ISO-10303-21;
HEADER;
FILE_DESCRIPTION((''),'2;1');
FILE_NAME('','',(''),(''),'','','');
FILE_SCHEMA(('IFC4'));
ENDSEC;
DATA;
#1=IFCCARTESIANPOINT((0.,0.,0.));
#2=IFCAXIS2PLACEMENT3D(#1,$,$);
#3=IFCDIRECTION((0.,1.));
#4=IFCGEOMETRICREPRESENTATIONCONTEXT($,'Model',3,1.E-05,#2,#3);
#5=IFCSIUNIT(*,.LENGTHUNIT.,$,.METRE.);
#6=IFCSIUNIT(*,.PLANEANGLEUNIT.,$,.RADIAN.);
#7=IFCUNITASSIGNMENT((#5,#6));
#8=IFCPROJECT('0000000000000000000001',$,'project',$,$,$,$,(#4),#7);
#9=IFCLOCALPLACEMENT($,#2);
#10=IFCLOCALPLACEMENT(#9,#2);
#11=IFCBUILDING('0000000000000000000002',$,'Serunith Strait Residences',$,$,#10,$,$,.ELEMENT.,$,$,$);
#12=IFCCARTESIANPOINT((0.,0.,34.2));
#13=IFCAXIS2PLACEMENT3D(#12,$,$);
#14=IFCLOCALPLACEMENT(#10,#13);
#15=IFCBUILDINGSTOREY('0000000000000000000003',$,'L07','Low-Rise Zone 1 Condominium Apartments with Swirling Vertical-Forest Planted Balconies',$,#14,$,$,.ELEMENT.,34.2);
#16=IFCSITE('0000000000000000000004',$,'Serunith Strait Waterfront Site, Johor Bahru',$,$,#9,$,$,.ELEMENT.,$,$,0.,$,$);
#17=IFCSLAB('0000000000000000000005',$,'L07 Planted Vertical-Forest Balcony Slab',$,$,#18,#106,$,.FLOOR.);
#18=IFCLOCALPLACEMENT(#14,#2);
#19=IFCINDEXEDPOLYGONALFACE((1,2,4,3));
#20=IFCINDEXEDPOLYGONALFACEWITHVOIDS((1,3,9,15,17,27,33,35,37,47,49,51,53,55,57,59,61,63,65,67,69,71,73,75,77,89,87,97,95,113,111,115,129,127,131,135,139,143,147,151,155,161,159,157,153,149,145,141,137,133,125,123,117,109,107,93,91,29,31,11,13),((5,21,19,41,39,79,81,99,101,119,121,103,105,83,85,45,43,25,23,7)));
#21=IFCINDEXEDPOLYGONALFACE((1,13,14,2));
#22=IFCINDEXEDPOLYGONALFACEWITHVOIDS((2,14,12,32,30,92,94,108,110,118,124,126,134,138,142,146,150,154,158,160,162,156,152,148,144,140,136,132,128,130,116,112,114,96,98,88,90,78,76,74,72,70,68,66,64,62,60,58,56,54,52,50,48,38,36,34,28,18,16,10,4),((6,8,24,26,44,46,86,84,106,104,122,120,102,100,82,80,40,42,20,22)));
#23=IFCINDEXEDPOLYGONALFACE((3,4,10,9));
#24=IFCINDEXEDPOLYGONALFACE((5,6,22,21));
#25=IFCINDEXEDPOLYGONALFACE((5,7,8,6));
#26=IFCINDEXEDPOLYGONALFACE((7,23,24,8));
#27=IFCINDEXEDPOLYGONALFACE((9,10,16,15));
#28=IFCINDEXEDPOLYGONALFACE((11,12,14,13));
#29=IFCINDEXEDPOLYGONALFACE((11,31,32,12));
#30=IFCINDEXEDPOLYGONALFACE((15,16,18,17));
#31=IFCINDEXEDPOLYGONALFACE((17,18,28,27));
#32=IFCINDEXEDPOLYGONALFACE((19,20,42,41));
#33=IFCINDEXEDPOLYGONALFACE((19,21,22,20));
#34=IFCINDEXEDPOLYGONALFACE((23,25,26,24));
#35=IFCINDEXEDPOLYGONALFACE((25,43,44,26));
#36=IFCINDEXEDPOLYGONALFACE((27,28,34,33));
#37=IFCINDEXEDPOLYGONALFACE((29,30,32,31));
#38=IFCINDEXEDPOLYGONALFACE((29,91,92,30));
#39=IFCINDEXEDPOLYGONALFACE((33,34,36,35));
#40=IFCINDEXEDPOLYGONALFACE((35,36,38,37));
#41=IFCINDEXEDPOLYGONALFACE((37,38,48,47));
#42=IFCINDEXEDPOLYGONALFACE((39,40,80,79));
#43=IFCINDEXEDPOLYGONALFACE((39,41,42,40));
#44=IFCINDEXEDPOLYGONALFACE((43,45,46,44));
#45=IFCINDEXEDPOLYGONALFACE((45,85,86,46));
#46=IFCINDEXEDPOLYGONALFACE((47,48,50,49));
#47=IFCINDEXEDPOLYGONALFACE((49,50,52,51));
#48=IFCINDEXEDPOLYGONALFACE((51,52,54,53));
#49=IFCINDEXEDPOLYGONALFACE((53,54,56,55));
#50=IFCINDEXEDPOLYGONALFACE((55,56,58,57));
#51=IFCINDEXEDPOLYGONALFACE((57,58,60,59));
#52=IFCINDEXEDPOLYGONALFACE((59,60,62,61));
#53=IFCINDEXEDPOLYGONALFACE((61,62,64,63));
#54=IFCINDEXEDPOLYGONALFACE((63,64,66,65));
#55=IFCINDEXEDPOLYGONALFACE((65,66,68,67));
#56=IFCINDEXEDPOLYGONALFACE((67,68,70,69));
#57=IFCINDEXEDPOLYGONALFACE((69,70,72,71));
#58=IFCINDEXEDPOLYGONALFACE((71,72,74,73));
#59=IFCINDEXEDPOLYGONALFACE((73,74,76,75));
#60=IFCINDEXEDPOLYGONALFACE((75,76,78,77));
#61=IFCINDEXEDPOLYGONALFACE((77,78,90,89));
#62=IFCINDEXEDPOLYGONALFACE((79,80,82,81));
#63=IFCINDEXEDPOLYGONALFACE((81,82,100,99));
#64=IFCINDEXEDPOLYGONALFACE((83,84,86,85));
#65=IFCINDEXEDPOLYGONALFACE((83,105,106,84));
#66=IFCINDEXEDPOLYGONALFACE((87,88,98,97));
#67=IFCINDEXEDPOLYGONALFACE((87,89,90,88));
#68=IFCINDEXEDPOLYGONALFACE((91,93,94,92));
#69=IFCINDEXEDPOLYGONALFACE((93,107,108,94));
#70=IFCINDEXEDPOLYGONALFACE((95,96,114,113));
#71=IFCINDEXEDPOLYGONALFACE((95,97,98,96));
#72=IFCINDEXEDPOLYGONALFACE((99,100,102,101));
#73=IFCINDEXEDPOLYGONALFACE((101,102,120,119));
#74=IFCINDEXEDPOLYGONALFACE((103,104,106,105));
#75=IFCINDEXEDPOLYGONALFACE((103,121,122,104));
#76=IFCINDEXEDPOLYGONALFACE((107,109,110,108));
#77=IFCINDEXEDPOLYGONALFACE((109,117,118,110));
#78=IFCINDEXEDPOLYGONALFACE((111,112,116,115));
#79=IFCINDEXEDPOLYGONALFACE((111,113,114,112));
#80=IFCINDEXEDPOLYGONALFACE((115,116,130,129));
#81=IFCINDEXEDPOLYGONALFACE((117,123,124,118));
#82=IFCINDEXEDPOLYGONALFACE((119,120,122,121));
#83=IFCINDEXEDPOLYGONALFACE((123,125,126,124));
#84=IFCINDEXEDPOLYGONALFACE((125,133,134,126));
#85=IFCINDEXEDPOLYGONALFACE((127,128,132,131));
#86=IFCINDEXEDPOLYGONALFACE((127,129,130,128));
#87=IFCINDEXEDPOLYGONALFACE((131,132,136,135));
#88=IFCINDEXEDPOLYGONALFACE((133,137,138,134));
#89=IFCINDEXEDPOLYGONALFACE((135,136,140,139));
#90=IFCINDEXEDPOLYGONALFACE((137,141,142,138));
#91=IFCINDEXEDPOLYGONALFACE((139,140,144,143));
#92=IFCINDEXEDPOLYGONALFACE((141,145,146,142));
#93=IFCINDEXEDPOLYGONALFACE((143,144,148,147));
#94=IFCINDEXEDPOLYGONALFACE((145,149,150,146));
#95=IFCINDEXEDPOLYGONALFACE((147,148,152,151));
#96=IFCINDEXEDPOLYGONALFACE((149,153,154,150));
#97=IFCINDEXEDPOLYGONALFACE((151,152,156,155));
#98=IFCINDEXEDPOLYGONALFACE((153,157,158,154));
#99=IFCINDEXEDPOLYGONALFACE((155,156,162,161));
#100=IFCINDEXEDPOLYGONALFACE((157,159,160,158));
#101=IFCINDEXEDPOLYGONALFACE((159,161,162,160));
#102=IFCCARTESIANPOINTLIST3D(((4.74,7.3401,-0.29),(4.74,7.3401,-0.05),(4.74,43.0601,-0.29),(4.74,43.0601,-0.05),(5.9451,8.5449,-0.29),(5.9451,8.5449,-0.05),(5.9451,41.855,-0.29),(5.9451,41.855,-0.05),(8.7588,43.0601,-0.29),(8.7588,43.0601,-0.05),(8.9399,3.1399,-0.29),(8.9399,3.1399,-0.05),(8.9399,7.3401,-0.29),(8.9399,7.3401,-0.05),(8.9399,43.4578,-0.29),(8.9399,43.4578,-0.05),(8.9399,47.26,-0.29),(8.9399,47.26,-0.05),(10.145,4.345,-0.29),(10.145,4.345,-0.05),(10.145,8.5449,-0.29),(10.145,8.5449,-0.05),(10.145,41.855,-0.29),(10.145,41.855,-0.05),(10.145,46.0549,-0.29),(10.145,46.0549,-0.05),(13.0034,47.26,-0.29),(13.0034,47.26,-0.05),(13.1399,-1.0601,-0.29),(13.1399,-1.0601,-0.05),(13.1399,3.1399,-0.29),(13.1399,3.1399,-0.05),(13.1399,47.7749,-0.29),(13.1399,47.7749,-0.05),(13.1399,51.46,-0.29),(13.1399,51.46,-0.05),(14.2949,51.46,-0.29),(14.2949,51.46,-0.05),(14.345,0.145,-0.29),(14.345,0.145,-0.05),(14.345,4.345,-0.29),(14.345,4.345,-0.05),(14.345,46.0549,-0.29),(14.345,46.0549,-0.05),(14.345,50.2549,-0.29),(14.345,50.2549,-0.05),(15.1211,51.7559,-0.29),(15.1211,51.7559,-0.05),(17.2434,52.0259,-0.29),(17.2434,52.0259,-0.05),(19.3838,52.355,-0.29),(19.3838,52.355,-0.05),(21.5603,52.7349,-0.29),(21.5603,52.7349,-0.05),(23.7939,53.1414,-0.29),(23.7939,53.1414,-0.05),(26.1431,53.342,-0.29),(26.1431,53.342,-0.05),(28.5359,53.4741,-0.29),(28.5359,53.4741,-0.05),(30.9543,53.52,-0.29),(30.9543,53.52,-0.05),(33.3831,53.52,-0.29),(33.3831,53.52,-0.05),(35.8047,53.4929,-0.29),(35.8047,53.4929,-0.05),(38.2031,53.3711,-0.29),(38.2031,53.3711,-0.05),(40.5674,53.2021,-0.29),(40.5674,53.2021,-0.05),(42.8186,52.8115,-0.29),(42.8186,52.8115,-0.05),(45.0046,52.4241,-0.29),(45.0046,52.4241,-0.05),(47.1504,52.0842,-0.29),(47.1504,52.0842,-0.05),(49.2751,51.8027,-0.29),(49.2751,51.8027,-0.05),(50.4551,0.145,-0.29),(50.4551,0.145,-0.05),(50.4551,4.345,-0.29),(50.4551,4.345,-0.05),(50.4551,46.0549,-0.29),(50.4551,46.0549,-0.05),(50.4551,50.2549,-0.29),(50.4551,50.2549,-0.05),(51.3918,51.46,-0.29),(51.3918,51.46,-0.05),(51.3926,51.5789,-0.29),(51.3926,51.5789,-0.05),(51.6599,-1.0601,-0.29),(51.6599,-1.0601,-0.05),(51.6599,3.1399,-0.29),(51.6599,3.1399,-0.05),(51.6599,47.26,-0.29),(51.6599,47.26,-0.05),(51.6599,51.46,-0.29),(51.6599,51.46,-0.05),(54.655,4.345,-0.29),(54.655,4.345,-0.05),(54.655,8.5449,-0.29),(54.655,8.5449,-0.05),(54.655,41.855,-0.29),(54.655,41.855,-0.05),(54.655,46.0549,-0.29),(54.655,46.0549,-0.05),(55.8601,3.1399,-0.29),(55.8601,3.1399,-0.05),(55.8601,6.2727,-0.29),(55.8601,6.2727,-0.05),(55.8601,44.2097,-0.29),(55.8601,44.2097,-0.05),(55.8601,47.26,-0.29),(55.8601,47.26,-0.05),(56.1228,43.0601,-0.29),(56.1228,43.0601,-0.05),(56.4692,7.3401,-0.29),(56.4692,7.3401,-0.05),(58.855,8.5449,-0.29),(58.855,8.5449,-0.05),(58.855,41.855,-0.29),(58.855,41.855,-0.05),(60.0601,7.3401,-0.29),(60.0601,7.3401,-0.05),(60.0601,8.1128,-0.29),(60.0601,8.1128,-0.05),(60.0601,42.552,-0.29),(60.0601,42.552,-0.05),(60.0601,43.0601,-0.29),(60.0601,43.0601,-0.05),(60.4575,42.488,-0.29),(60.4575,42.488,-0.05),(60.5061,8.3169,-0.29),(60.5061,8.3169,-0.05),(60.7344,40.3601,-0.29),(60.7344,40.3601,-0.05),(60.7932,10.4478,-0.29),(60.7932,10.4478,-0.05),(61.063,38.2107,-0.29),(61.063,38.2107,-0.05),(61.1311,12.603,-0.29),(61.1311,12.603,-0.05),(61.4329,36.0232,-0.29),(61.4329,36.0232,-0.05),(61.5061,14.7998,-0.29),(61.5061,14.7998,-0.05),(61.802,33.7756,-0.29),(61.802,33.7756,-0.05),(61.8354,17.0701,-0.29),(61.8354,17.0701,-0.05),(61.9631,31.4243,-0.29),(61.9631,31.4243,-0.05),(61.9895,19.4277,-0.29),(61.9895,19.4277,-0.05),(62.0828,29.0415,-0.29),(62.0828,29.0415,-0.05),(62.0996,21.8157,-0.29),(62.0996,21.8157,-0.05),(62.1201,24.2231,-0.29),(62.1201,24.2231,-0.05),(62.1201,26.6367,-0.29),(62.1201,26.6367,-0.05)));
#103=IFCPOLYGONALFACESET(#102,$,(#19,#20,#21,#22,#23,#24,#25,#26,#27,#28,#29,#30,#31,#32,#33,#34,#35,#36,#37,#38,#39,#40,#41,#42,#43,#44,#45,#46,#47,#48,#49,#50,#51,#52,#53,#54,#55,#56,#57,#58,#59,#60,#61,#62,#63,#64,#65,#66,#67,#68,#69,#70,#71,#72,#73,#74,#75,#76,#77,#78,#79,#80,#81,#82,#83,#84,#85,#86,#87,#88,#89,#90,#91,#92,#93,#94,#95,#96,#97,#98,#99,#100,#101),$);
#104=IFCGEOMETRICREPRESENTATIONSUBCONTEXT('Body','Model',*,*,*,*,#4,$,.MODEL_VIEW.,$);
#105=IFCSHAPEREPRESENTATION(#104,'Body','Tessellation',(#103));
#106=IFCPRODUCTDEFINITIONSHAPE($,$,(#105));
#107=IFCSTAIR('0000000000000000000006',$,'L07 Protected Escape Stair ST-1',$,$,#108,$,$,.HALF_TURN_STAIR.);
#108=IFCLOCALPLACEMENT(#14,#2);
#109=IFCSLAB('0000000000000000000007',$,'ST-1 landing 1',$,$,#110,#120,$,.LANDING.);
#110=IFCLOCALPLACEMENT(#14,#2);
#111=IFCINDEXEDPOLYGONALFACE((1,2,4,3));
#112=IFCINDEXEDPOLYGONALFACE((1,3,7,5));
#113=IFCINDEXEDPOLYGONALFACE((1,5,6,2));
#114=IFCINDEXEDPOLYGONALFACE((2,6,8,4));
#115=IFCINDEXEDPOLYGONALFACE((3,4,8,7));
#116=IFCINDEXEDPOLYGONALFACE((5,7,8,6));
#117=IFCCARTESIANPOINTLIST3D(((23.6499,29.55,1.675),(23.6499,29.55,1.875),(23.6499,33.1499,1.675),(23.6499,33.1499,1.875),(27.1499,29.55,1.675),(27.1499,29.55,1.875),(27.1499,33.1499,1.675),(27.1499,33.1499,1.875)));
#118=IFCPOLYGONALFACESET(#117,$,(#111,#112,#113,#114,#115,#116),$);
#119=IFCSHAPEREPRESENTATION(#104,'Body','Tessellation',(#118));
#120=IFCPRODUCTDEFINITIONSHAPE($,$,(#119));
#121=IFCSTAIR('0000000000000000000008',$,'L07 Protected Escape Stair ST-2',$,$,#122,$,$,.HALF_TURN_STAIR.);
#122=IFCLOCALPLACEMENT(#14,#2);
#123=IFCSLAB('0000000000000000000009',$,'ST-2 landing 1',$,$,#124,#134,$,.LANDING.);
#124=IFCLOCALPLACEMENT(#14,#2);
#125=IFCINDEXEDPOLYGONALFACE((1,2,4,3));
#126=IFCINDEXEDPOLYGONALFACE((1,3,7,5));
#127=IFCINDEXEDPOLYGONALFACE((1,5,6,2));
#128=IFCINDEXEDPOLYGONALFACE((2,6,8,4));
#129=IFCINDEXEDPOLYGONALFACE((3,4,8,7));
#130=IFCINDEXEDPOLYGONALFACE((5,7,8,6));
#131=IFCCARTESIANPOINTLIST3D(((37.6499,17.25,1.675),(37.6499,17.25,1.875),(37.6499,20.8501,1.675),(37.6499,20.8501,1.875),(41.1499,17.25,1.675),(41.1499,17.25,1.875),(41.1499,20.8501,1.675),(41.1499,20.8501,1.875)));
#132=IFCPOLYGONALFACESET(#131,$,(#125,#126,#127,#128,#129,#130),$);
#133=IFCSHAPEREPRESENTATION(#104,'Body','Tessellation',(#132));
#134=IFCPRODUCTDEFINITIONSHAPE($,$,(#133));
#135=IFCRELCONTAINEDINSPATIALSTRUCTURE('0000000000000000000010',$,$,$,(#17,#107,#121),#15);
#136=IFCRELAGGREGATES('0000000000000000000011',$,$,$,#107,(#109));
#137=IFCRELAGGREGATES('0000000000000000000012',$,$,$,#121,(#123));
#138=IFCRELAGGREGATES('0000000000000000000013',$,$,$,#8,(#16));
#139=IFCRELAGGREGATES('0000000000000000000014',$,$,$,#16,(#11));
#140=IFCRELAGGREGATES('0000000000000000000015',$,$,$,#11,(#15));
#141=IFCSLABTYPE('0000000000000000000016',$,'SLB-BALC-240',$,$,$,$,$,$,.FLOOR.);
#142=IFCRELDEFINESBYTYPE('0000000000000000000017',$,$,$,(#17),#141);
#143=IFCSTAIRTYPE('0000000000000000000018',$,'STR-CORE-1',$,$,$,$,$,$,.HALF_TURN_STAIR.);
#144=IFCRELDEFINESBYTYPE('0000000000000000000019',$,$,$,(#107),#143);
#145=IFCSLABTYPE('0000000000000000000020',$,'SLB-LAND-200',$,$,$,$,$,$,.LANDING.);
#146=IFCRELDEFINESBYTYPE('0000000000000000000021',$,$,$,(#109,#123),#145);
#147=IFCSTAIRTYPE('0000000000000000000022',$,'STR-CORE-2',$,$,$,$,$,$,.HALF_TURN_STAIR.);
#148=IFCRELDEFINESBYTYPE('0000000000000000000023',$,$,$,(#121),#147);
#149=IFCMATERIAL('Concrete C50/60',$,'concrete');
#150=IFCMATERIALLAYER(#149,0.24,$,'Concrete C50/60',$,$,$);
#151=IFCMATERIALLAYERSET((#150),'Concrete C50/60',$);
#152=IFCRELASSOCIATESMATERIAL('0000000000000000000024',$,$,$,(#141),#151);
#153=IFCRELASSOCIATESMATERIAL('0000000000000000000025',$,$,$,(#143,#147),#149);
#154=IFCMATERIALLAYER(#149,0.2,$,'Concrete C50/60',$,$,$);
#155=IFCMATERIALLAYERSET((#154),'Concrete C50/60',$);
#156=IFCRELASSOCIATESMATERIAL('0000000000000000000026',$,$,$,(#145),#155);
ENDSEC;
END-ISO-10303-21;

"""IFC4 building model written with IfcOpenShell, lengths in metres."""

from ifc_helpers import new_model, si_unit, direction, frame, origin, place, context, subcontext, project, spatial, polyline, outline, extrude, material, layer, layer_set, type_object, element, aggregate, save


model = new_model("IFC4")

# Units and contexts
model_context = context("Model", 3, precision=1e-05, world=origin(), true_north=direction((0.0, 1.0)))
body_context = subcontext(model_context, "Body", "Model", "MODEL_VIEW")
ifc_project = project(units=[si_unit("LENGTHUNIT", "METRE"), si_unit("PLANEANGLEUNIT", "RADIAN")], contexts=[model_context])

# Site, building, storey
site_placement = place(None, origin())
site = spatial("IfcSite", under=ifc_project, at=site_placement, Name="Serunith Strait Waterfront Site, Johor Bahru", CompositionType="ELEMENT", RefElevation=0.0)
building_placement = place(site_placement, origin())
building = spatial("IfcBuilding", under=site, at=building_placement, Name="Serunith Strait Residences", CompositionType="ELEMENT")
storey_placement = place(building_placement, frame((0.0, 0.0, 34.2)))
storey = spatial("IfcBuildingStorey", under=building, at=storey_placement, Name="L07", Description="Low-Rise Zone 1 Condominium Apartments with Swirling Vertical-Forest Planted Balconies", CompositionType="ELEMENT", Elevation=34.2)

# Slab
ifc_material_1 = material(Name="Concrete C50/60", Category="concrete")
ifc_layer_1 = layer(ifc_material_1, 0.24, Name="Concrete C50/60")
ifc_layer_set_1 = layer_set([ifc_layer_1], Name="Concrete C50/60")
slab_type_1 = type_object("IfcSlabType", Name="SLB-BALC-240", PredefinedType="FLOOR", material=ifc_layer_set_1)
slab_1_placement = place(storey_placement, frame((0.0, 0.0, -0.29)))
element("IfcSlab", 1, at=slab_1_placement, inside=storey, type_object=slab_type_1, Name="L07 Planted Vertical-Forest Balcony Slab", PredefinedType="FLOOR", context=body_context, shape_type="SweptSolid", body=[
    extrude(outline(polyline([(13.0034, 47.26), (13.1399, 47.7749), (13.1399, 51.46), (14.2949, 51.46), (15.1211, 51.7559), (17.2434, 52.0259), (19.3838, 52.355), (21.5603, 52.7349), (23.7939, 53.1414), (26.1431, 53.342), (28.5359, 53.4741), (30.9543, 53.52), (33.3831, 53.52), (35.8047, 53.4929), (38.2031, 53.3711), (40.5674, 53.2021), (42.8186, 52.8115), (45.0046, 52.4241), (47.1504, 52.0842), (49.2751, 51.8027), (51.3926, 51.5789), (51.3918, 51.46), (51.6599, 51.46), (51.6599, 47.26), (55.8601, 47.26), (55.8601, 44.2097), (56.1228, 43.0601), (60.0601, 43.0601), (60.0601, 42.552), (60.4575, 42.488), (60.7344, 40.3601), (61.063, 38.2107), (61.4329, 36.0232), (61.802, 33.7756), (61.9631, 31.4243), (62.0828, 29.0415), (62.1201, 26.6367), (62.1201, 24.2231), (62.0996, 21.8157), (61.9895, 19.4277), (61.8354, 17.0701), (61.5061, 14.7998), (61.1311, 12.603), (60.7932, 10.4478), (60.5061, 8.3169), (60.0601, 8.1128), (60.0601, 7.3401), (56.4692, 7.3401), (55.8601, 6.2727), (55.8601, 3.1399), (51.6599, 3.1399), (51.6599, -1.0601), (13.1399, -1.0601), (13.1399, 3.1399), (8.9399, 3.1399), (8.9399, 7.3401), (4.74, 7.3401), (4.74, 43.0601), (8.7588, 43.0601), (8.9399, 43.4578), (8.9399, 47.26), (13.0034, 47.26)]), holes=[polyline([(50.4551, 0.145), (50.4551, 4.345), (54.655, 4.345), (54.655, 8.5449), (58.855, 8.5449), (58.855, 41.855), (54.655, 41.855), (54.655, 46.0549), (50.4551, 46.0549), (50.4551, 50.2549), (14.345, 50.2549), (14.345, 46.0549), (10.145, 46.0549), (10.145, 41.855), (5.9451, 41.855), (5.9451, 8.5449), (10.145, 8.5449), (10.145, 4.345), (14.345, 4.345), (14.345, 0.145), (50.4551, 0.145)])]), origin(), (0.0, 0.0, 1.0), 0.24),
])

# Stairs, slabs
stair_type_1 = type_object("IfcStairType", Name="STR-CORE-1", PredefinedType="HALF_TURN_STAIR", material=ifc_material_1)
stair_1_placement = place(storey_placement, origin())
stair_1 = element("IfcStair", 2, at=stair_1_placement, inside=storey, type_object=stair_type_1, Name="L07 Protected Escape Stair ST-1", PredefinedType="HALF_TURN_STAIR")
ifc_layer_2 = layer(ifc_material_1, 0.2, Name="Concrete C50/60")
ifc_layer_set_2 = layer_set([ifc_layer_2], Name="Concrete C50/60")
slab_type_2 = type_object("IfcSlabType", Name="SLB-LAND-200", PredefinedType="LANDING", material=ifc_layer_set_2)
slab_2_placement = place(storey_placement, frame((0.0, 0.0, 1.675)))
slab_2 = element("IfcSlab", 3, at=slab_2_placement, type_object=slab_type_2, Name="ST-1 landing 1", PredefinedType="LANDING", context=body_context, shape_type="SweptSolid", body=[
    extrude(outline(polyline([(27.1499, 29.55), (27.1499, 33.1499), (23.6499, 33.1499), (23.6499, 29.55), (27.1499, 29.55)])), origin(), (0.0, 0.0, 1.0), 0.2),
])
aggregate(stair_1, [slab_2])
stair_type_2 = type_object("IfcStairType", Name="STR-CORE-2", PredefinedType="HALF_TURN_STAIR", material=ifc_material_1)
stair_2_placement = place(storey_placement, origin())
stair_2 = element("IfcStair", 4, at=stair_2_placement, inside=storey, type_object=stair_type_2, Name="L07 Protected Escape Stair ST-2", PredefinedType="HALF_TURN_STAIR")
slab_3_placement = place(storey_placement, frame((0.0, 0.0, 1.675)))
slab_3 = element("IfcSlab", 5, at=slab_3_placement, type_object=slab_type_2, Name="ST-2 landing 1", PredefinedType="LANDING", context=body_context, shape_type="SweptSolid", body=[
    extrude(outline(polyline([(37.6499, 20.8501), (37.6499, 17.25), (41.1499, 17.25), (41.1499, 20.8501), (37.6499, 20.8501)])), origin(), (0.0, 0.0, 1.0), 0.2),
])
aggregate(stair_2, [slab_3])

save(model, "model.ifc")
